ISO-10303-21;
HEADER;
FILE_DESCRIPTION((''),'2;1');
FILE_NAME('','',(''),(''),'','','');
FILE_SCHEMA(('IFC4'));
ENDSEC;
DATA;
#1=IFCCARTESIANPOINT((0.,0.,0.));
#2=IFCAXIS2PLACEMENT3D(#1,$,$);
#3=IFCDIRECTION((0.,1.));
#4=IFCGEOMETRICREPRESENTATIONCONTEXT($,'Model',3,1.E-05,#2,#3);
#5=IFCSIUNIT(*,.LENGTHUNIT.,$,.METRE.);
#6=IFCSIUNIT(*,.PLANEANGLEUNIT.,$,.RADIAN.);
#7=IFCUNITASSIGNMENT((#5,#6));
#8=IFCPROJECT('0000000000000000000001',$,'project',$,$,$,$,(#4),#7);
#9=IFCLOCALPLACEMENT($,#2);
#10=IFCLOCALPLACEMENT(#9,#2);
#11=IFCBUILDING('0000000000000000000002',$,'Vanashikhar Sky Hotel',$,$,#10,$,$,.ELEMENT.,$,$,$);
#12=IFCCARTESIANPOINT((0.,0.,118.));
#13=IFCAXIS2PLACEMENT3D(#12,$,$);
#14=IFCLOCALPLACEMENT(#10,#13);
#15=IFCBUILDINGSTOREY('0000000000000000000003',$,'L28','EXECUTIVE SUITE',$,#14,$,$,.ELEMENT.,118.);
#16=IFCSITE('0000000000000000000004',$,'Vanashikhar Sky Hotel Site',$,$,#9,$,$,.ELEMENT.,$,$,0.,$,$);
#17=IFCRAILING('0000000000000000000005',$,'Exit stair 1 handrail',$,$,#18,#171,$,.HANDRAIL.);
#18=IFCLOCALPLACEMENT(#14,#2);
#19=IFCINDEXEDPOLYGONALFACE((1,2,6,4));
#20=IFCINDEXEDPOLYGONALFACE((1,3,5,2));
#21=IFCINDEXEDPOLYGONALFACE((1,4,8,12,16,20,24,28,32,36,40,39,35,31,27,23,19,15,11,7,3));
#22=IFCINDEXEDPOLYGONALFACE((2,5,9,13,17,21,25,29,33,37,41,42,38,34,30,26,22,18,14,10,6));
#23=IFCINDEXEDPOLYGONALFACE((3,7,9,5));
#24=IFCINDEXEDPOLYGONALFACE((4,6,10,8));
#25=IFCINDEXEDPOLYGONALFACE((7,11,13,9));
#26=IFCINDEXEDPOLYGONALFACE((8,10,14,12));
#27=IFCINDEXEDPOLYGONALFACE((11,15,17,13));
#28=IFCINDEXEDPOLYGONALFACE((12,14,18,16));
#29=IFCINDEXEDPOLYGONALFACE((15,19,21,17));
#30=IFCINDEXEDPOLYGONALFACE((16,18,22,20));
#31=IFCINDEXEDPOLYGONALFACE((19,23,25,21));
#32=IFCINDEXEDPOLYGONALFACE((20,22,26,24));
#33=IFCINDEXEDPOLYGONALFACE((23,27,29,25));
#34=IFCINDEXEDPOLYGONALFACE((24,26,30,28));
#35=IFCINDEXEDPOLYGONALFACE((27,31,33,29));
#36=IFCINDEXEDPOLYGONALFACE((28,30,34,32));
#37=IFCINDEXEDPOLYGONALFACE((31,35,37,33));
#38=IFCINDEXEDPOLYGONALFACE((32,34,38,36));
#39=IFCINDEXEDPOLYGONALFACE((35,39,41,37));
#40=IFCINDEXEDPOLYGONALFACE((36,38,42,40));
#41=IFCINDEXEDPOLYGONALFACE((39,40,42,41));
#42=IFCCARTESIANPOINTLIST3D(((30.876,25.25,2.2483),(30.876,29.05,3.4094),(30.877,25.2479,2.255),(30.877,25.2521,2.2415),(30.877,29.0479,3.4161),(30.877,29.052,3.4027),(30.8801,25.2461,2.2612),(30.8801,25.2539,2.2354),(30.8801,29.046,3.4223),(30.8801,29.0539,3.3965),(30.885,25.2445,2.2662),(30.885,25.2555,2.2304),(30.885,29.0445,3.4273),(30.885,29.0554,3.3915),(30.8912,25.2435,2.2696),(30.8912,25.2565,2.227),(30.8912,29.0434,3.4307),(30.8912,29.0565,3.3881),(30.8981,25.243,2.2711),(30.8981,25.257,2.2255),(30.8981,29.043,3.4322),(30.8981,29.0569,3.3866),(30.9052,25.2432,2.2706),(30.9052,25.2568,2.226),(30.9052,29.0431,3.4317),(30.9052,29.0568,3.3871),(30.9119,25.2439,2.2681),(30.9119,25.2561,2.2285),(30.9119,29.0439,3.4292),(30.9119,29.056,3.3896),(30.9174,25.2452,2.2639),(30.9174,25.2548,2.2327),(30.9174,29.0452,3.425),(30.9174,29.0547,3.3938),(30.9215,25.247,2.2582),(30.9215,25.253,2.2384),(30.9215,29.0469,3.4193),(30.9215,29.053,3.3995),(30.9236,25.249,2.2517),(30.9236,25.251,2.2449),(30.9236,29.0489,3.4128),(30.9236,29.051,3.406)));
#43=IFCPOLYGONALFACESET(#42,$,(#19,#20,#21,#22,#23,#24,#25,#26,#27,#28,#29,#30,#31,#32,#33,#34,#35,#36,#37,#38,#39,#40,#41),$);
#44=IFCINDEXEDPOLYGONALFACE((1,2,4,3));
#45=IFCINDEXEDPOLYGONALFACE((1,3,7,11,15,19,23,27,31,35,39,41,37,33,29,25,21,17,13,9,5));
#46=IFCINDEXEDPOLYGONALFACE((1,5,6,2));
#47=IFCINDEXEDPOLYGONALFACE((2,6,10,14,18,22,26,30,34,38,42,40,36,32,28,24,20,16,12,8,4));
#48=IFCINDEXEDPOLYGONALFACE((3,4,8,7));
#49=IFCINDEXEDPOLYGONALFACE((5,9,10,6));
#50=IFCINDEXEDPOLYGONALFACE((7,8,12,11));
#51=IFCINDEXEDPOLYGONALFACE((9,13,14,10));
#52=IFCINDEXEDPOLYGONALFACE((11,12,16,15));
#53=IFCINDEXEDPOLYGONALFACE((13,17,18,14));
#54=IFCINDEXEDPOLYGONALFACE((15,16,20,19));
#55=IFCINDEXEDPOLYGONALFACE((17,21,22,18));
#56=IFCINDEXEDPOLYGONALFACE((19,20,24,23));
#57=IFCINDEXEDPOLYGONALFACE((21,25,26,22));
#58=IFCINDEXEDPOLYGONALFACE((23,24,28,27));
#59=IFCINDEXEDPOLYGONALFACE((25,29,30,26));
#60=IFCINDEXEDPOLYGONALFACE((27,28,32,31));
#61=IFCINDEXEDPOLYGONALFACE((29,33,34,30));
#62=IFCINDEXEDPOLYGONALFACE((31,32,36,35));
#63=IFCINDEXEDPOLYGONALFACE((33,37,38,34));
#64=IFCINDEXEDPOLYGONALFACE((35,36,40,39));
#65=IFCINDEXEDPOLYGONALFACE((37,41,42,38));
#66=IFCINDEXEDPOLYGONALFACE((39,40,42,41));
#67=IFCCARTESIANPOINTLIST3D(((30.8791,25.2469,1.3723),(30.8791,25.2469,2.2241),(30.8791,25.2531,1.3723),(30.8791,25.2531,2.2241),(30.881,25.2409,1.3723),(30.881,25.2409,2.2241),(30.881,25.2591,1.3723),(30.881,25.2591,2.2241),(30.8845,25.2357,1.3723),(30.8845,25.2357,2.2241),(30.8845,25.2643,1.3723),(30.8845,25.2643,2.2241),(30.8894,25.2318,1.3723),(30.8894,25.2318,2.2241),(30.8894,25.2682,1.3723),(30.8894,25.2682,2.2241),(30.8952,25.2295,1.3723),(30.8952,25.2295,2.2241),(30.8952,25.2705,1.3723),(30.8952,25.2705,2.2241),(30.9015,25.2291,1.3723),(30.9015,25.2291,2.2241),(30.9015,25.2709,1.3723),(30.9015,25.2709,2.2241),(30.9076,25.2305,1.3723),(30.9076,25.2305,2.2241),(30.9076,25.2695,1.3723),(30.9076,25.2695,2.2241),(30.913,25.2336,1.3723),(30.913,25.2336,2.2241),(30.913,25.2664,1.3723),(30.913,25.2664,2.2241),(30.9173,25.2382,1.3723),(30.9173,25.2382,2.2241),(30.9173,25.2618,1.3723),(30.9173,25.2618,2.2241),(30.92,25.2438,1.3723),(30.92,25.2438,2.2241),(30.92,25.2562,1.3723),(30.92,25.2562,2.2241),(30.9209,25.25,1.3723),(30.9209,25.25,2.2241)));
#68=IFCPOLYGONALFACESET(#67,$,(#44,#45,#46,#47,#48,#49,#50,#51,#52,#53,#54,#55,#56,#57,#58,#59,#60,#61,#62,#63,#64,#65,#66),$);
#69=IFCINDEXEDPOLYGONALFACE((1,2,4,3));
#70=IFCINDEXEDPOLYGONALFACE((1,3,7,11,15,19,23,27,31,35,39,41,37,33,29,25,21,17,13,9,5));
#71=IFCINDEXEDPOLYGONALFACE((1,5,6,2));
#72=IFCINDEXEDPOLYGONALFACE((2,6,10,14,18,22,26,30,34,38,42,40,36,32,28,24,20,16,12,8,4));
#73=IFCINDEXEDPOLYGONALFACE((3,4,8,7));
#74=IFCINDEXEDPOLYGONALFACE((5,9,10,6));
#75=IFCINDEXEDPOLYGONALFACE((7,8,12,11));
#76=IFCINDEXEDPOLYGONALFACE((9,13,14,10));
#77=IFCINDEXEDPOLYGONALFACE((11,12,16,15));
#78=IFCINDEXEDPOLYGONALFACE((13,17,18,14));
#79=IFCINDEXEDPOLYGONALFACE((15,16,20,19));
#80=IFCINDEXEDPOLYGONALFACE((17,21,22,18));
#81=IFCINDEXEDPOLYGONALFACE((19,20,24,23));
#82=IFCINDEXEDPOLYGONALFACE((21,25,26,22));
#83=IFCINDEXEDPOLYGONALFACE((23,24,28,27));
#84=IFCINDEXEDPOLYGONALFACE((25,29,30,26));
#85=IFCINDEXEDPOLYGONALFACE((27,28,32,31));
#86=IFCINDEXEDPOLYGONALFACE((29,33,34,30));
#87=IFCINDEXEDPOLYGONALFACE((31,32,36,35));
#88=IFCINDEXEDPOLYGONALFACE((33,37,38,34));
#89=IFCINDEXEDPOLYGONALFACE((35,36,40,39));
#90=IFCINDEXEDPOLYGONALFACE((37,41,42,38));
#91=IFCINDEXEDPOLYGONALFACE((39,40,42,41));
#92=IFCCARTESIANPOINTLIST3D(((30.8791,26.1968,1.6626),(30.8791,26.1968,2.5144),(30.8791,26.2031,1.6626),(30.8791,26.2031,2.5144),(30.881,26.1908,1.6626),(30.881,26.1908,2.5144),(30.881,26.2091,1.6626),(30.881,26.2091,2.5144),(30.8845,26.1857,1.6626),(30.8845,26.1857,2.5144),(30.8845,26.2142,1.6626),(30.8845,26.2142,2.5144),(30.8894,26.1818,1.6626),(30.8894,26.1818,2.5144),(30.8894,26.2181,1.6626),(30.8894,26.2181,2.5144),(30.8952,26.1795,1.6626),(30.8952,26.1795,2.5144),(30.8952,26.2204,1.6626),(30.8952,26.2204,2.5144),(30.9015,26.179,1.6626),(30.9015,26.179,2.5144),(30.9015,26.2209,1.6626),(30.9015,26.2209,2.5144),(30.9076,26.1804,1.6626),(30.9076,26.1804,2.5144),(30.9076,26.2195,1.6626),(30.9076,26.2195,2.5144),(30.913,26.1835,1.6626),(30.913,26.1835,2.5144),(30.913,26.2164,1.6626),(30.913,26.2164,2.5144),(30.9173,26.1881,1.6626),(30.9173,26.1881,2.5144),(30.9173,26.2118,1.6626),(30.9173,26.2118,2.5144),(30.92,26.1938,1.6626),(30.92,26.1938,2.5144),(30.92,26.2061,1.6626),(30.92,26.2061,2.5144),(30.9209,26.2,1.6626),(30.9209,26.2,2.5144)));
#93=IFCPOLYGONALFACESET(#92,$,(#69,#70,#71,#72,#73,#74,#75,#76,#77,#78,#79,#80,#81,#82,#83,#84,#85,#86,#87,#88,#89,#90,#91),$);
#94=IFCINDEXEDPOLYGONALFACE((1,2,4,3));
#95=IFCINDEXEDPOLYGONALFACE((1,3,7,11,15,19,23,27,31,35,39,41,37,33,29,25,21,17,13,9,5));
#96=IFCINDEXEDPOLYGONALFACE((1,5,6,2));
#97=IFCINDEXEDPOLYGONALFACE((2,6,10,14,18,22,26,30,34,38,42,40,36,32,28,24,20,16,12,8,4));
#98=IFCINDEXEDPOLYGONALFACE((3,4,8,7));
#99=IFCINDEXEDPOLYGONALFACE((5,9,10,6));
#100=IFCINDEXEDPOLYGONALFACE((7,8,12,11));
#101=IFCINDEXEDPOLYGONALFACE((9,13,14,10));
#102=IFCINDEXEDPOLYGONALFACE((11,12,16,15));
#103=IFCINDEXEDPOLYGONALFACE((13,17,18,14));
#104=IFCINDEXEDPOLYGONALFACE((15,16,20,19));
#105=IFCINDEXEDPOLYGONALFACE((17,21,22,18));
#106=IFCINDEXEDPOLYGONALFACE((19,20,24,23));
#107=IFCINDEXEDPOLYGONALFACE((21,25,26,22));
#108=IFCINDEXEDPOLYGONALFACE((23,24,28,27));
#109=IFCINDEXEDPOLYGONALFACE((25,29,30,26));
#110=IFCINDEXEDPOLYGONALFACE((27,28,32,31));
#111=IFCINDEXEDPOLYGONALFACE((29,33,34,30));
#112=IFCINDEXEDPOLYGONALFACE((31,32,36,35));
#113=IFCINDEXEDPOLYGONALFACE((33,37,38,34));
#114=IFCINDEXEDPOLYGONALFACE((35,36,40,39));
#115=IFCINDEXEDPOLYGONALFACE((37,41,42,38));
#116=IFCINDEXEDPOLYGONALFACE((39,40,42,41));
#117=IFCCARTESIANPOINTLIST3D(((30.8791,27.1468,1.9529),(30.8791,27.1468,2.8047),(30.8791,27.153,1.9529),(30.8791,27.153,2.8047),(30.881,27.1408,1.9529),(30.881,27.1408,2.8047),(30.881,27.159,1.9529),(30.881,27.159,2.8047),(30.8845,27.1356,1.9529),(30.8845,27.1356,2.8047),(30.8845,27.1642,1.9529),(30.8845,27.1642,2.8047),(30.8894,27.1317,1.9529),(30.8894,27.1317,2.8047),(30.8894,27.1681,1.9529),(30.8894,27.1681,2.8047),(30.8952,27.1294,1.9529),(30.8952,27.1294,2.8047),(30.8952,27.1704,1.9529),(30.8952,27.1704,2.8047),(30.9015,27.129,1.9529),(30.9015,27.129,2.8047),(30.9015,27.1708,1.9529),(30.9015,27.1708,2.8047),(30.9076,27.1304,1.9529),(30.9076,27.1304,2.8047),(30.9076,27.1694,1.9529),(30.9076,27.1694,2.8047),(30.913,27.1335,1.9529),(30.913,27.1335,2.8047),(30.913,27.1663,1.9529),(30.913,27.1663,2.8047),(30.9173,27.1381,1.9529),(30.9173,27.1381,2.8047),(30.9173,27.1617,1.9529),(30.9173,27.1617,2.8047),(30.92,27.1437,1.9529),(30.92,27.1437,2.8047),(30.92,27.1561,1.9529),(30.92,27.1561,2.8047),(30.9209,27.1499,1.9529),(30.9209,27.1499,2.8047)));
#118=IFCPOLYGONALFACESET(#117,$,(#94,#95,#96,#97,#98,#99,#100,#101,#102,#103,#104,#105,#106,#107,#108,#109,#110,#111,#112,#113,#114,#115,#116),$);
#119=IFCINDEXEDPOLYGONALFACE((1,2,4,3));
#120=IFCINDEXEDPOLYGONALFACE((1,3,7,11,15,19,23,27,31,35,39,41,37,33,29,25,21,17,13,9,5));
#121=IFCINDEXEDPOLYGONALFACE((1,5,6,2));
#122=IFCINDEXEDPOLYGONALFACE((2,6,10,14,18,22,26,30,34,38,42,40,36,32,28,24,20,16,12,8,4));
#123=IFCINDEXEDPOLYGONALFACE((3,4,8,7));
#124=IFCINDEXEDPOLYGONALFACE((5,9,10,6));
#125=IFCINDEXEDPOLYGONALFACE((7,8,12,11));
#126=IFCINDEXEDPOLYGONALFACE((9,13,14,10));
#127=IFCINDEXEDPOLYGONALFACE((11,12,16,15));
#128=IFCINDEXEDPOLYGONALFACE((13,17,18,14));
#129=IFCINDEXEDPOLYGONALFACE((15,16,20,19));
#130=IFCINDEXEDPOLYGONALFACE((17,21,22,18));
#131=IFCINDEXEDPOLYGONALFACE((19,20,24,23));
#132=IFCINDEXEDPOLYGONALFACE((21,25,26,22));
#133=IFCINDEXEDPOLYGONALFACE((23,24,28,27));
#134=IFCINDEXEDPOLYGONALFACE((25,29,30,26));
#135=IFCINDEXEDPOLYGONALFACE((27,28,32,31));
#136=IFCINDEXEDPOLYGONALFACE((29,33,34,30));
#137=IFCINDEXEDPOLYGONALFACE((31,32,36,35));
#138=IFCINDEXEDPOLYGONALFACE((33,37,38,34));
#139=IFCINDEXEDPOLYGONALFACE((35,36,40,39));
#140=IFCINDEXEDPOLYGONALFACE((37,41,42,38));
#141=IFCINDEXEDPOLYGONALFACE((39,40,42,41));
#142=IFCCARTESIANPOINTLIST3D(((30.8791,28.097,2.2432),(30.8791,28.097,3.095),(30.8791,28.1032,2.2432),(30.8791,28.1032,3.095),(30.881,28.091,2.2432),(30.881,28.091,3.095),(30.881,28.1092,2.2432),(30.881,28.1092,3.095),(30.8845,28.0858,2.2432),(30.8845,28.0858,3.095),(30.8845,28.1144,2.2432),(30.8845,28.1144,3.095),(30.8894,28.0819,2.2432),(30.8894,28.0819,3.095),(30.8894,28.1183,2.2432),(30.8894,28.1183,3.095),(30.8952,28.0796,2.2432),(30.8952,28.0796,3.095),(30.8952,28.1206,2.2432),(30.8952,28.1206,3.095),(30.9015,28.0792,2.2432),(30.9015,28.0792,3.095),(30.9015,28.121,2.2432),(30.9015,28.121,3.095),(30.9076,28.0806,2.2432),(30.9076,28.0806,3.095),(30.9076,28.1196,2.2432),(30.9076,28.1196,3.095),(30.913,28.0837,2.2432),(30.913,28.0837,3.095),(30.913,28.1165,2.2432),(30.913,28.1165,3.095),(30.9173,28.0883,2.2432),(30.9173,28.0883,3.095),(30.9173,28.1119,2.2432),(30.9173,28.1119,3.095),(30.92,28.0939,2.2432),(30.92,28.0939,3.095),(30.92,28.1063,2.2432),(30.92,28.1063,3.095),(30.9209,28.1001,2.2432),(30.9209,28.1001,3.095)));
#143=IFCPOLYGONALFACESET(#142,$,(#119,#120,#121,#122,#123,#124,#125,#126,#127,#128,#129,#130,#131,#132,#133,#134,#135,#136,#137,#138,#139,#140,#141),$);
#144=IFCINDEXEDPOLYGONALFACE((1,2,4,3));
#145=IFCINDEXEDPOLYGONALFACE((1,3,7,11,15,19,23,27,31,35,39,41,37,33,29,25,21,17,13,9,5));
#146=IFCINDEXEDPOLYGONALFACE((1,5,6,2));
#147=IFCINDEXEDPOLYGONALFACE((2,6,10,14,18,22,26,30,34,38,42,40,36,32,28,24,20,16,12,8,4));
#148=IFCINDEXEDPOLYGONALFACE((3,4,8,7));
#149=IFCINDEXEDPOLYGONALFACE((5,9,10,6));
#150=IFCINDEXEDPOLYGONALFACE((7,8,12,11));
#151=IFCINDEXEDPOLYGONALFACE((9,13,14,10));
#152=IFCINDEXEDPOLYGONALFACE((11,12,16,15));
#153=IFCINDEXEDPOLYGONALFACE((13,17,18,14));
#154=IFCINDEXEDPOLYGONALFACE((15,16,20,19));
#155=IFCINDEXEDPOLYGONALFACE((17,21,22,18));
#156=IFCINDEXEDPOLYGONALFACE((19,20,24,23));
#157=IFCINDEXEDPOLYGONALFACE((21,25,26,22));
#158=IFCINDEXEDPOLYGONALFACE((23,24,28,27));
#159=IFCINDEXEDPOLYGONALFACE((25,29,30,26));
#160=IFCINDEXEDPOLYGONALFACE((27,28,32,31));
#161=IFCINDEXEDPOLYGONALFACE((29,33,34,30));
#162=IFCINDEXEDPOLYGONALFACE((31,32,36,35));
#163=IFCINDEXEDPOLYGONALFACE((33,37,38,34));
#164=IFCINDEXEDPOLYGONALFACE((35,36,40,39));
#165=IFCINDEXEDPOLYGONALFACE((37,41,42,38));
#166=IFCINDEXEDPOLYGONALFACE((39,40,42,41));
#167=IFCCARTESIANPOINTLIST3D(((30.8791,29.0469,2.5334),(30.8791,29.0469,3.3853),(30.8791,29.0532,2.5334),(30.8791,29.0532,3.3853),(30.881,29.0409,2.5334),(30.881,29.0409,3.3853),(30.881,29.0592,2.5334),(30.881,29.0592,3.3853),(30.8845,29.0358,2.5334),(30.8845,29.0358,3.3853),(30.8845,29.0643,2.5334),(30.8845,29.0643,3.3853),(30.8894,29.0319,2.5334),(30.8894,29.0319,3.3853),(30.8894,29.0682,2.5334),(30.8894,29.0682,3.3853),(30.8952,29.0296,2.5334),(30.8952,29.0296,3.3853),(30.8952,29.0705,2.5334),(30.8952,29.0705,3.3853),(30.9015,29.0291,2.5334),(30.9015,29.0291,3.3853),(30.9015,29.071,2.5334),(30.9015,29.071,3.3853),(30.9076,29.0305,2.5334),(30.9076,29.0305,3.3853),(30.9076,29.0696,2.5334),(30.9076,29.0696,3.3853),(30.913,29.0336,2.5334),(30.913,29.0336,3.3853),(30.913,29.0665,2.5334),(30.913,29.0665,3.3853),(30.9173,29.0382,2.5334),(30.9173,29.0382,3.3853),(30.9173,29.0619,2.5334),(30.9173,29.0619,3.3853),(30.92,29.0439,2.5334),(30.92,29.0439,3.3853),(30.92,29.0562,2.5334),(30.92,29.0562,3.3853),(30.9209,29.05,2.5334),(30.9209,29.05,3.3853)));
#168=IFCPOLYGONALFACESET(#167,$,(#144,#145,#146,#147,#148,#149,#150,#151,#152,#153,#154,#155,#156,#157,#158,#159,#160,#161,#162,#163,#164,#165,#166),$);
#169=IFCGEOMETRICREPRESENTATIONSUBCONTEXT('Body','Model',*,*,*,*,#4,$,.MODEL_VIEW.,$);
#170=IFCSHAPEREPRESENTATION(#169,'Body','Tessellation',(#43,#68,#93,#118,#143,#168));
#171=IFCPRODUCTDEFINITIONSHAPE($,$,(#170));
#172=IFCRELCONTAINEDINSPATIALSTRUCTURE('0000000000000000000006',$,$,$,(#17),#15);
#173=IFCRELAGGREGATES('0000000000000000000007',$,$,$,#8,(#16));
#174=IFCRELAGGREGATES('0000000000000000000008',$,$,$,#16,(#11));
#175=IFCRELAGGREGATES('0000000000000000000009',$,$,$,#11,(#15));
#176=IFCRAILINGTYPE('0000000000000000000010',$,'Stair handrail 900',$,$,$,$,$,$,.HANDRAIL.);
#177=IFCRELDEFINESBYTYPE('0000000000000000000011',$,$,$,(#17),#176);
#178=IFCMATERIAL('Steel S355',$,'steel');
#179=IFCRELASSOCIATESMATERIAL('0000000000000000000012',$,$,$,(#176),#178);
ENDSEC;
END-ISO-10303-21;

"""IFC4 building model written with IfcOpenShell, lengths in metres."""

from ifc_helpers import new_model, si_unit, direction, frame, origin, origin_2d, place, context, subcontext, project, spatial, circle, extrude, source, transform, mapped, material, type_object, element, save


model = new_model("IFC4")

# Units and contexts
model_context = context("Model", 3, precision=1e-05, world=origin(), true_north=direction((0.0, 1.0)))
body_context = subcontext(model_context, "Body", "Model", "MODEL_VIEW")
ifc_project = project(units=[si_unit("LENGTHUNIT", "METRE"), si_unit("PLANEANGLEUNIT", "RADIAN")], contexts=[model_context])

# Site, building, storey
site_placement = place(None, origin())
site = spatial("IfcSite", under=ifc_project, at=site_placement, Name="Vanashikhar Sky Hotel Site", CompositionType="ELEMENT", RefElevation=0.0)
building_placement = place(site_placement, origin())
building = spatial("IfcBuilding", under=site, at=building_placement, Name="Vanashikhar Sky Hotel", CompositionType="ELEMENT")
storey_placement = place(building_placement, frame((0.0, 0.0, 118.0)))
storey = spatial("IfcBuildingStorey", under=building, at=storey_placement, Name="L28", Description="EXECUTIVE SUITE", CompositionType="ELEMENT", Elevation=118.0)

# Railing
ifc_material_1 = material(Name="Steel S355", Category="steel")
railing_type_1 = type_object("IfcRailingType", Name="Stair handrail 900", PredefinedType="HANDRAIL", material=ifc_material_1)
shared_shape_1 = source(origin(), body_context, "Body", "SweptSolid", [
    extrude(circle(Radius=0.0239, at=origin_2d()), frame((0.0, 0.0, 0.876), z_axis=(0.0, 0.956351, 0.29222), x_axis=(-1.0, 0.0, 0.0)), (0.0, 0.0, 1.0), 3.9734),
    extrude(circle(Radius=0.021, at=origin_2d()), origin(), (0.0, 0.0, 1.0), 0.8518),
    extrude(circle(Radius=0.021, at=origin_2d()), frame((0.0, 0.95, 0.2903)), (0.0, 0.0, 1.0), 0.8518),
    extrude(circle(Radius=0.021, at=origin_2d()), frame((0.0, 1.8999, 0.5806)), (0.0, 0.0, 1.0), 0.8518),
    extrude(circle(Radius=0.021, at=origin_2d()), frame((0.0, 2.8501, 0.8708)), (0.0, 0.0, 1.0), 0.8518),
    extrude(circle(Radius=0.021, at=origin_2d()), frame((0.0, 3.8, 1.1611)), (0.0, 0.0, 1.0), 0.8518),
])
for number, where, name in (
    (1, (30.8999, 25.25, 1.3723), "Exit stair 1 handrail"),
):
    element("IfcRailing", number, at=place(storey_placement, frame(where)), inside=storey, type_object=railing_type_1, Name=name, PredefinedType="HANDRAIL", context=body_context, shape_type="MappedRepresentation", body=[
        mapped(shared_shape_1, transform((0.0, 0.0, 0.0), scale=1.0)),
    ])

save(model, "model.ifc")
